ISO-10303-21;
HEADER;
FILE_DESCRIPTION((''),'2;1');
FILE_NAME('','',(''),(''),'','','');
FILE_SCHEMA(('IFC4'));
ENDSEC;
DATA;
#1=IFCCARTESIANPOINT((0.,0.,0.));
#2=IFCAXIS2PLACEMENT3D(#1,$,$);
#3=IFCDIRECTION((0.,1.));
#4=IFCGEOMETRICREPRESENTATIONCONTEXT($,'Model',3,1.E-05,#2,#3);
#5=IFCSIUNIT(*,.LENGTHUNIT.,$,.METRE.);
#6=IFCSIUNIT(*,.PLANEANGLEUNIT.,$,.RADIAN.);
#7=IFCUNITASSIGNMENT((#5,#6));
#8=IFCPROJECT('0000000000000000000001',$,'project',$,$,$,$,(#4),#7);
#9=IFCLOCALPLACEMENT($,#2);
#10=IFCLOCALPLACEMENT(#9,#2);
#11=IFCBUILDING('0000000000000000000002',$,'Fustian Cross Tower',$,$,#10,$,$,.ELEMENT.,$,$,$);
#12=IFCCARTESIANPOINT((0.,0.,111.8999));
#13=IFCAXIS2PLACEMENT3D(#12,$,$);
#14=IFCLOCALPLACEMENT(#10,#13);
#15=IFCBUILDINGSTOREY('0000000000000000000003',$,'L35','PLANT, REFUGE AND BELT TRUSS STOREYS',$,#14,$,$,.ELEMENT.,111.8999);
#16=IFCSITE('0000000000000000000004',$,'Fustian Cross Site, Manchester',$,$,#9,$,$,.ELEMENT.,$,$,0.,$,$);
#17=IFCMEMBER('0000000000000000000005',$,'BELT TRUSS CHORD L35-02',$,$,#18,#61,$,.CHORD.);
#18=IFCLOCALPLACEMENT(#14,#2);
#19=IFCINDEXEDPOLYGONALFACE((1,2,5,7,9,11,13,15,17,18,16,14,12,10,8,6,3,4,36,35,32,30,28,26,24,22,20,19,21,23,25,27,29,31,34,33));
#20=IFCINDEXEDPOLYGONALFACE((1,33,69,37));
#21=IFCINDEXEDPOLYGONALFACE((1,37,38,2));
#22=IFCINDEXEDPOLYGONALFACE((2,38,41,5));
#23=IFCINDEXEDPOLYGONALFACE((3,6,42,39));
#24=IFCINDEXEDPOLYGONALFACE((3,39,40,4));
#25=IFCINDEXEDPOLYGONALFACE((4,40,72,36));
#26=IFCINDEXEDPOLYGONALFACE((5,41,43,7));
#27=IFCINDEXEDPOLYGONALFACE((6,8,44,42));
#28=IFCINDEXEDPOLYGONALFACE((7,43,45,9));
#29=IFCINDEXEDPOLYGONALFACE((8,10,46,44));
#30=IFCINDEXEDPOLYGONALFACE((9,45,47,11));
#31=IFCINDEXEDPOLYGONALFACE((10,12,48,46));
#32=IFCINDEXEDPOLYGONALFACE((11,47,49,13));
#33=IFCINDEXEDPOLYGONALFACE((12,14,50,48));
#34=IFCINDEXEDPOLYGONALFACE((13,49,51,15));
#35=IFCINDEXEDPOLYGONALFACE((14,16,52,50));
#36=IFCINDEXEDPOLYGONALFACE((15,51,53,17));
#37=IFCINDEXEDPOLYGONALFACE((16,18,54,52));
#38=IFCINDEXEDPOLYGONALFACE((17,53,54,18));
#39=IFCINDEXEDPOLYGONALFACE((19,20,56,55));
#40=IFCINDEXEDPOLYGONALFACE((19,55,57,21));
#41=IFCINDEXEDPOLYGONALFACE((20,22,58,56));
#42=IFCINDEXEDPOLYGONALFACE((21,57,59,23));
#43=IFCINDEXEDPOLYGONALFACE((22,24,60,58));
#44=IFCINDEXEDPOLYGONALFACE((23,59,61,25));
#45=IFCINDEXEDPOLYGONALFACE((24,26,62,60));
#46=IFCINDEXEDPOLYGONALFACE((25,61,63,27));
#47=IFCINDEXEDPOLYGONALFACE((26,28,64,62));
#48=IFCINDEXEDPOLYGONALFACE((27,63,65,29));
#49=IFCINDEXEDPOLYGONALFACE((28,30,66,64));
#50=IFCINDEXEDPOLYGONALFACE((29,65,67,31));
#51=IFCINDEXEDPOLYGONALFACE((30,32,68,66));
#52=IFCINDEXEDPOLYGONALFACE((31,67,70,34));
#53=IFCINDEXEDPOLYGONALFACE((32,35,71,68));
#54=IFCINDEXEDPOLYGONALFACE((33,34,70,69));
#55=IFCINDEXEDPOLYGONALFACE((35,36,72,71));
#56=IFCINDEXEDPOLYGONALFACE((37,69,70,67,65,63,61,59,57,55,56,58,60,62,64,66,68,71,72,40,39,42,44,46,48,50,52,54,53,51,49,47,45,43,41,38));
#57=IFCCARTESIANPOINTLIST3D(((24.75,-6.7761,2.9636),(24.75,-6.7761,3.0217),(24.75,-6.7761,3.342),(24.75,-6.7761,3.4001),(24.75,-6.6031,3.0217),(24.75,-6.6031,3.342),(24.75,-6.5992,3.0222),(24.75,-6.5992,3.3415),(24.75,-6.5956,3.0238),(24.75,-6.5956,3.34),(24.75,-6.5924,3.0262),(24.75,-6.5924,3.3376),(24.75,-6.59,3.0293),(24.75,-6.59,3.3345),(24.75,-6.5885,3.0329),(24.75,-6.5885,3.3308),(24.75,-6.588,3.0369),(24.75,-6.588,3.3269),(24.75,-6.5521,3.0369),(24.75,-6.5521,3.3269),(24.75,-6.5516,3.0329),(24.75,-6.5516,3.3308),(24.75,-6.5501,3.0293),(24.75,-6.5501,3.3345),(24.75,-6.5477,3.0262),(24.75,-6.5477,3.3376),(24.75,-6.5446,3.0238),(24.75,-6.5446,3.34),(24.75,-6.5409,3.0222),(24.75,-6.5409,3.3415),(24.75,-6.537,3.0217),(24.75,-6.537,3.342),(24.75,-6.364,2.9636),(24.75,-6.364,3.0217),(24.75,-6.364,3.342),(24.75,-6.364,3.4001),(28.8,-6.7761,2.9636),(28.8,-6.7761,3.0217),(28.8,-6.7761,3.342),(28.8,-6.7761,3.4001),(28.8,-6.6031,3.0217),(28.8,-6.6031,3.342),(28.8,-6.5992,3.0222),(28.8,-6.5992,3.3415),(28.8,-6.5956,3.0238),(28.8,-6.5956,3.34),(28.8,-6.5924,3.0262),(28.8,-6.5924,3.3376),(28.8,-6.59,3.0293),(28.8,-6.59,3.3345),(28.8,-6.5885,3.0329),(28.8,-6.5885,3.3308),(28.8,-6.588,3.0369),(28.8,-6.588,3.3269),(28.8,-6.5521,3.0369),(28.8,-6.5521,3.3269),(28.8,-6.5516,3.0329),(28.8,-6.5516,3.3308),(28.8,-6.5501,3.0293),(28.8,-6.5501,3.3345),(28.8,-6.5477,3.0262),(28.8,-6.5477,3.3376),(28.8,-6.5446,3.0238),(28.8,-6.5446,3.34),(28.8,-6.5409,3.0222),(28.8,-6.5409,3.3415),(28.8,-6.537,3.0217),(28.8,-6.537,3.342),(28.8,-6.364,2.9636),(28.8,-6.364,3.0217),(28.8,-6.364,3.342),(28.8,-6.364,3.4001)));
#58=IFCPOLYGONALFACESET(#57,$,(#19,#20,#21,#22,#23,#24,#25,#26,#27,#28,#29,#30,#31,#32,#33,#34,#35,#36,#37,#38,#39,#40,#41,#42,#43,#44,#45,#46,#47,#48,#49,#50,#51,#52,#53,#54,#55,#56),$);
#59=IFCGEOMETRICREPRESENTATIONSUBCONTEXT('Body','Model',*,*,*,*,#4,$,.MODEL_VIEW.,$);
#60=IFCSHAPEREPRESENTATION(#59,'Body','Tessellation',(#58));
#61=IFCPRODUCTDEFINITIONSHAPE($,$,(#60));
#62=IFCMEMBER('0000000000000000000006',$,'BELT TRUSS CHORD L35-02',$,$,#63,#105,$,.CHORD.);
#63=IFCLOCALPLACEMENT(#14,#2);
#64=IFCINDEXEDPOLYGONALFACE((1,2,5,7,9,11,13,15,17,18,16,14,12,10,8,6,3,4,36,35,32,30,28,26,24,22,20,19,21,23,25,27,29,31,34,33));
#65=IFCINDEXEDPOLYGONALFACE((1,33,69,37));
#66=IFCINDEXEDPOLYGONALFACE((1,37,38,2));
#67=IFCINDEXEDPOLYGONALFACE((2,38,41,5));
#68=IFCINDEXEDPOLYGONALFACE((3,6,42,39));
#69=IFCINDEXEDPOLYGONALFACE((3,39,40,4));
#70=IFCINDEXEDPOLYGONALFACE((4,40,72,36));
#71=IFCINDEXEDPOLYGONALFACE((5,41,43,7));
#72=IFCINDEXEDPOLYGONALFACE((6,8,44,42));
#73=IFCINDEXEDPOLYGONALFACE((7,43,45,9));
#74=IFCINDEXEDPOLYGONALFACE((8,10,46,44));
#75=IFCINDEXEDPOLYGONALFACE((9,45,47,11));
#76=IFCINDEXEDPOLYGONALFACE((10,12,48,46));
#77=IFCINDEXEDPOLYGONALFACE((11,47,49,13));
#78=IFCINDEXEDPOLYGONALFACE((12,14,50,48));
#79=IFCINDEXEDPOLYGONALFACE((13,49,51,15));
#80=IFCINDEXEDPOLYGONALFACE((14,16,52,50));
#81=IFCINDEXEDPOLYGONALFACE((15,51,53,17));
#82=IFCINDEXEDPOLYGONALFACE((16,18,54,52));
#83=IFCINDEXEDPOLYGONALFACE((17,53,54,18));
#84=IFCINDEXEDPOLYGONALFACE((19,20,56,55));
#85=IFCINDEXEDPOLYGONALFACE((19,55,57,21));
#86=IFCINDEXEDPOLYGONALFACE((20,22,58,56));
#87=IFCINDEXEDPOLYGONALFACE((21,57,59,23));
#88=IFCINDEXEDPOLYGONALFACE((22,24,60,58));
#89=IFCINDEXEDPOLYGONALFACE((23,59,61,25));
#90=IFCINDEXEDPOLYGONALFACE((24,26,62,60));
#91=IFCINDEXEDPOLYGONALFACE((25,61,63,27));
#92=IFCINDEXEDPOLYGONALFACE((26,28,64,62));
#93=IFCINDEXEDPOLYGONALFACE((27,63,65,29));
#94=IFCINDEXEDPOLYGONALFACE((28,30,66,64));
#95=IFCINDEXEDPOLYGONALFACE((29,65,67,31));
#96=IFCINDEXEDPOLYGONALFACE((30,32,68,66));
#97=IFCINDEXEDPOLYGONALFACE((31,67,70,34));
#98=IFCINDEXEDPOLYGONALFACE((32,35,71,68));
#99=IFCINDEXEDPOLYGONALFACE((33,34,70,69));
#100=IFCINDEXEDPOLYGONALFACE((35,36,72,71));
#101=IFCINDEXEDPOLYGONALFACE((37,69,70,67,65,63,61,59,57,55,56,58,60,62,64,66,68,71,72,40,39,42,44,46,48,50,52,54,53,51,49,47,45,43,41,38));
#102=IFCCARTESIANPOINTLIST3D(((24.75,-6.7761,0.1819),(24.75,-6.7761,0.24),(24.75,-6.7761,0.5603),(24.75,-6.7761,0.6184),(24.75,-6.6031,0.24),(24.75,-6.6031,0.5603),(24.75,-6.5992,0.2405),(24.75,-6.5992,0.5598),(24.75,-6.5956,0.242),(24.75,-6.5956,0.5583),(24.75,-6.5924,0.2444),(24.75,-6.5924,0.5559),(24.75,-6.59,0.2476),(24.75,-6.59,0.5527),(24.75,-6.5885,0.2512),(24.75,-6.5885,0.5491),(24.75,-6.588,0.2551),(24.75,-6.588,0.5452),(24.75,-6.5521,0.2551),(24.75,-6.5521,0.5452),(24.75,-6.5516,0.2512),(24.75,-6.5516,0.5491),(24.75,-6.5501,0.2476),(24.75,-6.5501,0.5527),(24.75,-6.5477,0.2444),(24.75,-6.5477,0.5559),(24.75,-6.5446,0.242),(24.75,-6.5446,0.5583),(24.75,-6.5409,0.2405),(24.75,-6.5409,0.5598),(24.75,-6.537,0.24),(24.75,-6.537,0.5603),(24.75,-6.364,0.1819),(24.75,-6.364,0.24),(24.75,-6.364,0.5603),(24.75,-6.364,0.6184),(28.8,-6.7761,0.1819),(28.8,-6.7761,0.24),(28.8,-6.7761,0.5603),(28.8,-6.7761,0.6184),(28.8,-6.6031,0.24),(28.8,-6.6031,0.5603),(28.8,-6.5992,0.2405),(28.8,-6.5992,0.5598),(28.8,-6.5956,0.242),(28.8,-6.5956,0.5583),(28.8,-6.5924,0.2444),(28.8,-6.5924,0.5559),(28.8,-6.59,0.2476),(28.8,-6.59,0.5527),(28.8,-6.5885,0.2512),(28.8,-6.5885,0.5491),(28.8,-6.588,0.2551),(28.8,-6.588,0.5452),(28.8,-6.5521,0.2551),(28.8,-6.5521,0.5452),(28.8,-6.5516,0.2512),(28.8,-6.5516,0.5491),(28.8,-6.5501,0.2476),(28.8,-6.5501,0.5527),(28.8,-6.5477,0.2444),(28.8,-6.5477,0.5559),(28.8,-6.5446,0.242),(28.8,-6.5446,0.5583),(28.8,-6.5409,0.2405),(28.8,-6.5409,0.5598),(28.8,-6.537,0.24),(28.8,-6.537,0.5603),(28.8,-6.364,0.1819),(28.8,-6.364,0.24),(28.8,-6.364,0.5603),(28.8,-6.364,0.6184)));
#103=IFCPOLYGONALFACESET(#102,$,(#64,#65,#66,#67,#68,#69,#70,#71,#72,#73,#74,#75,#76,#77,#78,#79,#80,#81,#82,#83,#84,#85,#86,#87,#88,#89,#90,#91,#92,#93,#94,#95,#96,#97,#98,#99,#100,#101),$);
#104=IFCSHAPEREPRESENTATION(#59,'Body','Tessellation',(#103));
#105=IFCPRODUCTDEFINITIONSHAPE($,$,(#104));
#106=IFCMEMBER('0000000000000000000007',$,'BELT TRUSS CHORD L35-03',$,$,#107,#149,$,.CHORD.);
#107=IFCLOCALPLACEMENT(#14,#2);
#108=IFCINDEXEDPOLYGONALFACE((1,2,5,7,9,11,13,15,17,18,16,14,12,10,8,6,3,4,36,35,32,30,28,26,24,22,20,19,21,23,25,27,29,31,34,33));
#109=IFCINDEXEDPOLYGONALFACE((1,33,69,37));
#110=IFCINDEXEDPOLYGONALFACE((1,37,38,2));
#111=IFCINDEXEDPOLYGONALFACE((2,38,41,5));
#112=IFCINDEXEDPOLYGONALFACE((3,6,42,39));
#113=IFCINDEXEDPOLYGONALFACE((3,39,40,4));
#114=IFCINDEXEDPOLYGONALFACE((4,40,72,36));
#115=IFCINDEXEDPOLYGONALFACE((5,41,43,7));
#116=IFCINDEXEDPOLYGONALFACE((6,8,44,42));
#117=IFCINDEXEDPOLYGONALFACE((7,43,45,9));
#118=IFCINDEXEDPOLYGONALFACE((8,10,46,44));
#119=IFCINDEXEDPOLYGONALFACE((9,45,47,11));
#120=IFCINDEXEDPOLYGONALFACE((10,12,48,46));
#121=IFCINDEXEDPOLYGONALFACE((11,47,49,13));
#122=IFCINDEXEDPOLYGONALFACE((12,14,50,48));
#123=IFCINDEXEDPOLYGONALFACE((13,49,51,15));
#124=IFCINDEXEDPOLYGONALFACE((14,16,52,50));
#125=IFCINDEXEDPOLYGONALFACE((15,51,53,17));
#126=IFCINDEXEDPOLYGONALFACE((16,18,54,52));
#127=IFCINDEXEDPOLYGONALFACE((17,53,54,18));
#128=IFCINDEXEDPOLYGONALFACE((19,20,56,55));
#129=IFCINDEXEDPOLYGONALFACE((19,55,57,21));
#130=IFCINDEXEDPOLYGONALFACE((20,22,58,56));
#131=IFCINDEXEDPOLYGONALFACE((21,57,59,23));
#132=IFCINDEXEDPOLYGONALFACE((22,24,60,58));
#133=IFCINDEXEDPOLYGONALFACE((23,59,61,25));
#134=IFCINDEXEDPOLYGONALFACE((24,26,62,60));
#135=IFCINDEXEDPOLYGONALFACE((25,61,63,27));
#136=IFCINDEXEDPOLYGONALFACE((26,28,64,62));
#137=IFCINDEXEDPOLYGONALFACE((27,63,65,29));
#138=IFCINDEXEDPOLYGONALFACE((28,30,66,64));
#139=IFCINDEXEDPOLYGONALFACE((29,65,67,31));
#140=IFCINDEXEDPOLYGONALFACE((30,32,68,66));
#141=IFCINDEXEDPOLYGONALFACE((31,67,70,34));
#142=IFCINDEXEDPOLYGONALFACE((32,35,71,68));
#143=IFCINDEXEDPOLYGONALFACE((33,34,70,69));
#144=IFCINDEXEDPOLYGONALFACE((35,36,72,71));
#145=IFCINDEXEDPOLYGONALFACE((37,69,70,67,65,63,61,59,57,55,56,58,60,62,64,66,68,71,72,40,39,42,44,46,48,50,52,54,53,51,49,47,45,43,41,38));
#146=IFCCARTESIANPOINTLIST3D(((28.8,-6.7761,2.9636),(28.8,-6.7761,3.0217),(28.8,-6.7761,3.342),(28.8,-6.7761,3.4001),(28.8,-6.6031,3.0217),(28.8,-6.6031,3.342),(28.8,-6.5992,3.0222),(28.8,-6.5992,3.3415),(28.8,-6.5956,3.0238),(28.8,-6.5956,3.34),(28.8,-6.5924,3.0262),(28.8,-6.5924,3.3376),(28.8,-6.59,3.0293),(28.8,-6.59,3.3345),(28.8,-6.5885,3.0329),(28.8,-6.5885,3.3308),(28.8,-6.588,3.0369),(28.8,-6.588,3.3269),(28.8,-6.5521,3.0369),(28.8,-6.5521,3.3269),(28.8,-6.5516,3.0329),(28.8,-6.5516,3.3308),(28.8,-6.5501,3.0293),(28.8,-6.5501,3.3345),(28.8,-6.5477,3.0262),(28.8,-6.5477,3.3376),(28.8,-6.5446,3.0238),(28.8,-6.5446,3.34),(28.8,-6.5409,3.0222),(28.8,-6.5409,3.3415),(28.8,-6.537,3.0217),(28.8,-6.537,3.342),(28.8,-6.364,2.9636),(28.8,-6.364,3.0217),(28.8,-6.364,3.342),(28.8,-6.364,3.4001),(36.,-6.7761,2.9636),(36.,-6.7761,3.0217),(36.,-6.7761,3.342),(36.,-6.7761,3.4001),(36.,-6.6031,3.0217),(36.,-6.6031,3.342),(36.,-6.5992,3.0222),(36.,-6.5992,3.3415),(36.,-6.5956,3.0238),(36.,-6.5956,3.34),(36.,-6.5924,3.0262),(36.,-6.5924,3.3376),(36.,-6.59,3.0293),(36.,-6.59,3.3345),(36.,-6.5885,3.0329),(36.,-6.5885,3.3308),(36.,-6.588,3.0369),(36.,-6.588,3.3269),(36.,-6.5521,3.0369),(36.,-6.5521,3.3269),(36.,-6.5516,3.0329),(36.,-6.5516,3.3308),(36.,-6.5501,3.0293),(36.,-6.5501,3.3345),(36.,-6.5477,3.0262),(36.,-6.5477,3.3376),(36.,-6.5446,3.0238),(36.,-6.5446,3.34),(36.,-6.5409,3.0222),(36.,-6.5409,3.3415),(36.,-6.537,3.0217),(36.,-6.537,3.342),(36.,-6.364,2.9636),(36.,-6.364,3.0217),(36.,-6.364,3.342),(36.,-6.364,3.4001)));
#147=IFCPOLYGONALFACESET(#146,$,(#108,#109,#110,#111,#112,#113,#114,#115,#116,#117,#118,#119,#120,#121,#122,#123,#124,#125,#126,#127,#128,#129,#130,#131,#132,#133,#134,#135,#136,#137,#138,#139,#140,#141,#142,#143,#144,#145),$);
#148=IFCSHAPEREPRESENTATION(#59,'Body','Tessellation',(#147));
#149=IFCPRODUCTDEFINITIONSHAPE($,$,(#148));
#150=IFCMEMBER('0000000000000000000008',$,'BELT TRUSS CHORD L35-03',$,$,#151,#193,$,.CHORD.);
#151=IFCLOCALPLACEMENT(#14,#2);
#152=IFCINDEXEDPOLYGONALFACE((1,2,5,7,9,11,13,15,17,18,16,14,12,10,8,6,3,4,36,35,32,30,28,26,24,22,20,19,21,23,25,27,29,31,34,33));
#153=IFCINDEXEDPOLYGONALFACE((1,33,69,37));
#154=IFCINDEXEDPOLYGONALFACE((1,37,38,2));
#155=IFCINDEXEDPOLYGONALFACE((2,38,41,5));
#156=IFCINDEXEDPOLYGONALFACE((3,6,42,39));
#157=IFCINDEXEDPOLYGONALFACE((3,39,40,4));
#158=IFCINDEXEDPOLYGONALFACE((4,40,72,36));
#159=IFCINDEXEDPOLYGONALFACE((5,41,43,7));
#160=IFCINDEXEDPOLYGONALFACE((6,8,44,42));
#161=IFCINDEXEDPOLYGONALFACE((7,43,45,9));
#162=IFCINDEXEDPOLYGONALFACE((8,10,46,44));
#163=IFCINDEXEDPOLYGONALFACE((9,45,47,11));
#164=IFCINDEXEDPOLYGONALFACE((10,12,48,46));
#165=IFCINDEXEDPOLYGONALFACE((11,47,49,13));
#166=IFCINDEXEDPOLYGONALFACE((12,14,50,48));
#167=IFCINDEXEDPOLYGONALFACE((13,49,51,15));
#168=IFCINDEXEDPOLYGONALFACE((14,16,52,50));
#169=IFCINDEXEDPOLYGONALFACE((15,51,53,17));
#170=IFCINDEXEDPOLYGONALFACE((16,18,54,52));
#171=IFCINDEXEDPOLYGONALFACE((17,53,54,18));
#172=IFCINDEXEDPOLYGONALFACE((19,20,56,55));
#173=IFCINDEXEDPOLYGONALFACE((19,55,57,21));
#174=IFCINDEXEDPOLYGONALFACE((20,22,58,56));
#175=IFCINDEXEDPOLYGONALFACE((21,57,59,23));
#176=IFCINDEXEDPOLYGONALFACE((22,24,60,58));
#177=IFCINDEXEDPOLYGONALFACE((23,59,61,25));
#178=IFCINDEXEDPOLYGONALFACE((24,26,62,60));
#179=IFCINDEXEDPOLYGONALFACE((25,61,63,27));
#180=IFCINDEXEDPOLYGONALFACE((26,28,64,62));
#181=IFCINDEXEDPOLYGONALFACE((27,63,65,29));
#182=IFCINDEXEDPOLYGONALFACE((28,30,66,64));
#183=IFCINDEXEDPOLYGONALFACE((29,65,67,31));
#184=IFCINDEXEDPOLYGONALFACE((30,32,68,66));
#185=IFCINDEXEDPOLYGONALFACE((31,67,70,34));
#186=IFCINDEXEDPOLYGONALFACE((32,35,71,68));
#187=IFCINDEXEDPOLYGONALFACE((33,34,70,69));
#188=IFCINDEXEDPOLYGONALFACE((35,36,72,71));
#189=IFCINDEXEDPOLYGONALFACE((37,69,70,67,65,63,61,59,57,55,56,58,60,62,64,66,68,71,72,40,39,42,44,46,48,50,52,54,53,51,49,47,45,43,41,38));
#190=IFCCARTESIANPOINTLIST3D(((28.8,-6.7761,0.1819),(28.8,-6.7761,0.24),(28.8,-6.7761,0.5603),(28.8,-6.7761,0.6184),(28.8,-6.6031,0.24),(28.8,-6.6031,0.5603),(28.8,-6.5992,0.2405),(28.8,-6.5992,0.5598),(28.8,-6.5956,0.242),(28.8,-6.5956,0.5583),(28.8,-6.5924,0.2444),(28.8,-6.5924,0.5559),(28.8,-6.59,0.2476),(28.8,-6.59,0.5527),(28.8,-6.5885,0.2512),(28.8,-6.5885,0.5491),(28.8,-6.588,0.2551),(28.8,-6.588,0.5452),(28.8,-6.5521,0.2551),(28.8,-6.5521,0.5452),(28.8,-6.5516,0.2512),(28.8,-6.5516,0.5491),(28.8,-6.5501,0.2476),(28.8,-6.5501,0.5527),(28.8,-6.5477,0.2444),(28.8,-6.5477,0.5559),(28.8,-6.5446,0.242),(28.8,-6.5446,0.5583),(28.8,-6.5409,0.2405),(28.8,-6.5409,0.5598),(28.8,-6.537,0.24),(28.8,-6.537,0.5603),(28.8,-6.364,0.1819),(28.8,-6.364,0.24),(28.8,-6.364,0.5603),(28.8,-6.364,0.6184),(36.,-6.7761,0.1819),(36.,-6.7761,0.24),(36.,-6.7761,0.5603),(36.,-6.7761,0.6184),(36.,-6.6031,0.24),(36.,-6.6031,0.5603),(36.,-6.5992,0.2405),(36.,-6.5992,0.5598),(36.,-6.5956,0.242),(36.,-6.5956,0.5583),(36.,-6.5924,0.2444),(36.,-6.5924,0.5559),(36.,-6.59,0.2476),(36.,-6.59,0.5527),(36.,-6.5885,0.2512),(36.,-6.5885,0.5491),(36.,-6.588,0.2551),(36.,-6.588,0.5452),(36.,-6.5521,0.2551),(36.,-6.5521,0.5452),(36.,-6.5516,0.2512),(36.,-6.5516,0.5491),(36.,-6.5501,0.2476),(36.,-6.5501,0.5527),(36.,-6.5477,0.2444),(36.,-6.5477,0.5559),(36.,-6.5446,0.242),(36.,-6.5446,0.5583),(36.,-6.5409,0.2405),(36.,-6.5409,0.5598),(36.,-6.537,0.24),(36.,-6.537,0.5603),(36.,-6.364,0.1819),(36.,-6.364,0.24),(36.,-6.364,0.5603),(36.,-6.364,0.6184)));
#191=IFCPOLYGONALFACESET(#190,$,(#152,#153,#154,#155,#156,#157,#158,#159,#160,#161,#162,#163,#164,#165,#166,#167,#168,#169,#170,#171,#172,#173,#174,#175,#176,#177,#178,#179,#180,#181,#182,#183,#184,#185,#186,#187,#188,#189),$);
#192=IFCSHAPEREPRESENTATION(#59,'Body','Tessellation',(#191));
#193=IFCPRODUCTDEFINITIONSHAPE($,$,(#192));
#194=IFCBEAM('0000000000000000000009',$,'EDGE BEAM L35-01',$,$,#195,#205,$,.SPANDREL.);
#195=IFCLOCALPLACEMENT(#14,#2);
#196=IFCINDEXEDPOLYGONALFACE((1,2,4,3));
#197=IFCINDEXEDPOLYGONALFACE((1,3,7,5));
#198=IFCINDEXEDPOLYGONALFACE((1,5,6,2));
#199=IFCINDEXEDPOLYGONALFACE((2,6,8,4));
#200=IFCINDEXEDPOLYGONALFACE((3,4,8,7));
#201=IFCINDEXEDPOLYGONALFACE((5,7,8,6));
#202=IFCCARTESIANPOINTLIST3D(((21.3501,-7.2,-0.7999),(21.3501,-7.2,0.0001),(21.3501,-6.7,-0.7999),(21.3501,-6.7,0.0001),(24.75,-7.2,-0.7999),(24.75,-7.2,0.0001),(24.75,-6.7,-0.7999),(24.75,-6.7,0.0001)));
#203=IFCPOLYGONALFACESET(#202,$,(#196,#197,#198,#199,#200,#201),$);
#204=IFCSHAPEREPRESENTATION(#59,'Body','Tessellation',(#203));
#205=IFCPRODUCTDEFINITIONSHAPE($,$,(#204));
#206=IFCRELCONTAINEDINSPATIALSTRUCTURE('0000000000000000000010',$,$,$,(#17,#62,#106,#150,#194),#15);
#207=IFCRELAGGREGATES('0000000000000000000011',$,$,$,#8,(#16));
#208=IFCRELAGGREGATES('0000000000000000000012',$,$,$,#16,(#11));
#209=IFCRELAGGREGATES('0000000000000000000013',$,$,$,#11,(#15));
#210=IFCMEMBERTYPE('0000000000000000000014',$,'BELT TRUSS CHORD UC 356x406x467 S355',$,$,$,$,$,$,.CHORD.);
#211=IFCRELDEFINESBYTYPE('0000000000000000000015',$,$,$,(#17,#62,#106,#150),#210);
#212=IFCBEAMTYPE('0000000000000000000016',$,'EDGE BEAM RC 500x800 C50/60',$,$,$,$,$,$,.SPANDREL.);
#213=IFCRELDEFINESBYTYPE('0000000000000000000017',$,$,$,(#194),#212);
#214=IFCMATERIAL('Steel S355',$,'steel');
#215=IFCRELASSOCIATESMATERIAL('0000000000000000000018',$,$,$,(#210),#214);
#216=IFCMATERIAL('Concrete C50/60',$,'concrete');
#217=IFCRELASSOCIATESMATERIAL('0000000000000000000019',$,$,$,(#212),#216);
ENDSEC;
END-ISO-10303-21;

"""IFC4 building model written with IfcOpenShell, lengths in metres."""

from ifc_helpers import new_model, si_unit, direction, frame, origin, origin_2d, place, context, subcontext, project, spatial, rectangle, i_section, extrude, material, material_profile, profile_set, type_object, element, save


model = new_model("IFC4")

# Units and contexts
model_context = context("Model", 3, precision=1e-05, world=origin(), true_north=direction((0.0, 1.0)))
body_context = subcontext(model_context, "Body", "Model", "MODEL_VIEW")
ifc_project = project(units=[si_unit("LENGTHUNIT", "METRE"), si_unit("PLANEANGLEUNIT", "RADIAN")], contexts=[model_context])

# Site, building, storey
site_placement = place(None, origin())
site = spatial("IfcSite", under=ifc_project, at=site_placement, Name="Fustian Cross Site, Manchester", CompositionType="ELEMENT", RefElevation=0.0)
building_placement = place(site_placement, origin())
building = spatial("IfcBuilding", under=site, at=building_placement, Name="Fustian Cross Tower", CompositionType="ELEMENT")
storey_placement = place(building_placement, frame((0.0, 0.0, 111.8999)))
storey = spatial("IfcBuildingStorey", under=building, at=storey_placement, Name="L35", Description="PLANT, REFUGE AND BELT TRUSS STOREYS", CompositionType="ELEMENT", Elevation=111.8999)

# Members
ifc_material_1 = material(Name="Steel S355", Category="steel")
ifc_material_profile_1 = material_profile(ifc_material_1, i_section(OverallWidth=0.4121, OverallDepth=0.4365, WebThickness=0.0359, FlangeThickness=0.0581, FilletRadius=0.0151, at=origin_2d()), Name="UC 356x406x467")
ifc_profile_set_1 = profile_set([ifc_material_profile_1], Name="Steel S355")
member_type_1 = type_object("IfcMemberType", Name="BELT TRUSS CHORD UC 356x406x467 S355", PredefinedType="CHORD", material=ifc_profile_set_1)
for number, where, z_axis, x_axis, name in (
    (1, (24.75, -6.5701, 3.1819), (1.0, 0.0, 0.0), (0.0, 1.0, 0.0), "BELT TRUSS CHORD L35-02"),
    (2, (24.75, -6.5701, 0.4001), (1.0, 0.0, 0.0), (0.0, 1.0, 0.0), "BELT TRUSS CHORD L35-02"),
):
    element("IfcMember", number, at=place(storey_placement, frame(where, z_axis=z_axis, x_axis=x_axis)), inside=storey, type_object=member_type_1, Name=name, PredefinedType="CHORD", context=body_context, shape_type="SweptSolid", body=[
        extrude(i_section(OverallWidth=0.4121, OverallDepth=0.4365, WebThickness=0.0359, FlangeThickness=0.0581, FilletRadius=0.0151, at=origin_2d()), origin(), (0.0, 0.0, 1.0), 4.05),
    ])
for number, where, z_axis, x_axis, name in (
    (3, (28.8, -6.5701, 3.1819), (1.0, 0.0, 0.0), (0.0, 1.0, 0.0), "BELT TRUSS CHORD L35-03"),
    (4, (28.8, -6.5701, 0.4001), (1.0, 0.0, 0.0), (0.0, 1.0, 0.0), "BELT TRUSS CHORD L35-03"),
):
    element("IfcMember", number, at=place(storey_placement, frame(where, z_axis=z_axis, x_axis=x_axis)), inside=storey, type_object=member_type_1, Name=name, PredefinedType="CHORD", context=body_context, shape_type="SweptSolid", body=[
        extrude(i_section(OverallWidth=0.4121, OverallDepth=0.4365, WebThickness=0.0359, FlangeThickness=0.0581, FilletRadius=0.0151, at=origin_2d()), origin(), (0.0, 0.0, 1.0), 7.2),
    ])

# Beam
ifc_material_2 = material(Name="Concrete C50/60", Category="concrete")
ifc_material_profile_2 = material_profile(ifc_material_2, rectangle(XDim=0.5, YDim=0.8, at=origin_2d()), Name="RC 500x800")
ifc_profile_set_2 = profile_set([ifc_material_profile_2], Name="Concrete C50/60")
beam_type = type_object("IfcBeamType", Name="EDGE BEAM RC 500x800 C50/60", PredefinedType="SPANDREL", material=ifc_profile_set_2)
beam_1_placement = place(storey_placement, frame((21.3501, -6.95, -0.3999), z_axis=(1.0, 0.0, 0.0), x_axis=(0.0, 1.0, 0.0)))
element("IfcBeam", 5, at=beam_1_placement, inside=storey, type_object=beam_type, Name="EDGE BEAM L35-01", PredefinedType="SPANDREL", context=body_context, shape_type="SweptSolid", body=[
    extrude(rectangle(XDim=0.5, YDim=0.8, at=origin_2d()), origin(), (0.0, 0.0, 1.0), 3.3999),
])

save(model, "model.ifc")
